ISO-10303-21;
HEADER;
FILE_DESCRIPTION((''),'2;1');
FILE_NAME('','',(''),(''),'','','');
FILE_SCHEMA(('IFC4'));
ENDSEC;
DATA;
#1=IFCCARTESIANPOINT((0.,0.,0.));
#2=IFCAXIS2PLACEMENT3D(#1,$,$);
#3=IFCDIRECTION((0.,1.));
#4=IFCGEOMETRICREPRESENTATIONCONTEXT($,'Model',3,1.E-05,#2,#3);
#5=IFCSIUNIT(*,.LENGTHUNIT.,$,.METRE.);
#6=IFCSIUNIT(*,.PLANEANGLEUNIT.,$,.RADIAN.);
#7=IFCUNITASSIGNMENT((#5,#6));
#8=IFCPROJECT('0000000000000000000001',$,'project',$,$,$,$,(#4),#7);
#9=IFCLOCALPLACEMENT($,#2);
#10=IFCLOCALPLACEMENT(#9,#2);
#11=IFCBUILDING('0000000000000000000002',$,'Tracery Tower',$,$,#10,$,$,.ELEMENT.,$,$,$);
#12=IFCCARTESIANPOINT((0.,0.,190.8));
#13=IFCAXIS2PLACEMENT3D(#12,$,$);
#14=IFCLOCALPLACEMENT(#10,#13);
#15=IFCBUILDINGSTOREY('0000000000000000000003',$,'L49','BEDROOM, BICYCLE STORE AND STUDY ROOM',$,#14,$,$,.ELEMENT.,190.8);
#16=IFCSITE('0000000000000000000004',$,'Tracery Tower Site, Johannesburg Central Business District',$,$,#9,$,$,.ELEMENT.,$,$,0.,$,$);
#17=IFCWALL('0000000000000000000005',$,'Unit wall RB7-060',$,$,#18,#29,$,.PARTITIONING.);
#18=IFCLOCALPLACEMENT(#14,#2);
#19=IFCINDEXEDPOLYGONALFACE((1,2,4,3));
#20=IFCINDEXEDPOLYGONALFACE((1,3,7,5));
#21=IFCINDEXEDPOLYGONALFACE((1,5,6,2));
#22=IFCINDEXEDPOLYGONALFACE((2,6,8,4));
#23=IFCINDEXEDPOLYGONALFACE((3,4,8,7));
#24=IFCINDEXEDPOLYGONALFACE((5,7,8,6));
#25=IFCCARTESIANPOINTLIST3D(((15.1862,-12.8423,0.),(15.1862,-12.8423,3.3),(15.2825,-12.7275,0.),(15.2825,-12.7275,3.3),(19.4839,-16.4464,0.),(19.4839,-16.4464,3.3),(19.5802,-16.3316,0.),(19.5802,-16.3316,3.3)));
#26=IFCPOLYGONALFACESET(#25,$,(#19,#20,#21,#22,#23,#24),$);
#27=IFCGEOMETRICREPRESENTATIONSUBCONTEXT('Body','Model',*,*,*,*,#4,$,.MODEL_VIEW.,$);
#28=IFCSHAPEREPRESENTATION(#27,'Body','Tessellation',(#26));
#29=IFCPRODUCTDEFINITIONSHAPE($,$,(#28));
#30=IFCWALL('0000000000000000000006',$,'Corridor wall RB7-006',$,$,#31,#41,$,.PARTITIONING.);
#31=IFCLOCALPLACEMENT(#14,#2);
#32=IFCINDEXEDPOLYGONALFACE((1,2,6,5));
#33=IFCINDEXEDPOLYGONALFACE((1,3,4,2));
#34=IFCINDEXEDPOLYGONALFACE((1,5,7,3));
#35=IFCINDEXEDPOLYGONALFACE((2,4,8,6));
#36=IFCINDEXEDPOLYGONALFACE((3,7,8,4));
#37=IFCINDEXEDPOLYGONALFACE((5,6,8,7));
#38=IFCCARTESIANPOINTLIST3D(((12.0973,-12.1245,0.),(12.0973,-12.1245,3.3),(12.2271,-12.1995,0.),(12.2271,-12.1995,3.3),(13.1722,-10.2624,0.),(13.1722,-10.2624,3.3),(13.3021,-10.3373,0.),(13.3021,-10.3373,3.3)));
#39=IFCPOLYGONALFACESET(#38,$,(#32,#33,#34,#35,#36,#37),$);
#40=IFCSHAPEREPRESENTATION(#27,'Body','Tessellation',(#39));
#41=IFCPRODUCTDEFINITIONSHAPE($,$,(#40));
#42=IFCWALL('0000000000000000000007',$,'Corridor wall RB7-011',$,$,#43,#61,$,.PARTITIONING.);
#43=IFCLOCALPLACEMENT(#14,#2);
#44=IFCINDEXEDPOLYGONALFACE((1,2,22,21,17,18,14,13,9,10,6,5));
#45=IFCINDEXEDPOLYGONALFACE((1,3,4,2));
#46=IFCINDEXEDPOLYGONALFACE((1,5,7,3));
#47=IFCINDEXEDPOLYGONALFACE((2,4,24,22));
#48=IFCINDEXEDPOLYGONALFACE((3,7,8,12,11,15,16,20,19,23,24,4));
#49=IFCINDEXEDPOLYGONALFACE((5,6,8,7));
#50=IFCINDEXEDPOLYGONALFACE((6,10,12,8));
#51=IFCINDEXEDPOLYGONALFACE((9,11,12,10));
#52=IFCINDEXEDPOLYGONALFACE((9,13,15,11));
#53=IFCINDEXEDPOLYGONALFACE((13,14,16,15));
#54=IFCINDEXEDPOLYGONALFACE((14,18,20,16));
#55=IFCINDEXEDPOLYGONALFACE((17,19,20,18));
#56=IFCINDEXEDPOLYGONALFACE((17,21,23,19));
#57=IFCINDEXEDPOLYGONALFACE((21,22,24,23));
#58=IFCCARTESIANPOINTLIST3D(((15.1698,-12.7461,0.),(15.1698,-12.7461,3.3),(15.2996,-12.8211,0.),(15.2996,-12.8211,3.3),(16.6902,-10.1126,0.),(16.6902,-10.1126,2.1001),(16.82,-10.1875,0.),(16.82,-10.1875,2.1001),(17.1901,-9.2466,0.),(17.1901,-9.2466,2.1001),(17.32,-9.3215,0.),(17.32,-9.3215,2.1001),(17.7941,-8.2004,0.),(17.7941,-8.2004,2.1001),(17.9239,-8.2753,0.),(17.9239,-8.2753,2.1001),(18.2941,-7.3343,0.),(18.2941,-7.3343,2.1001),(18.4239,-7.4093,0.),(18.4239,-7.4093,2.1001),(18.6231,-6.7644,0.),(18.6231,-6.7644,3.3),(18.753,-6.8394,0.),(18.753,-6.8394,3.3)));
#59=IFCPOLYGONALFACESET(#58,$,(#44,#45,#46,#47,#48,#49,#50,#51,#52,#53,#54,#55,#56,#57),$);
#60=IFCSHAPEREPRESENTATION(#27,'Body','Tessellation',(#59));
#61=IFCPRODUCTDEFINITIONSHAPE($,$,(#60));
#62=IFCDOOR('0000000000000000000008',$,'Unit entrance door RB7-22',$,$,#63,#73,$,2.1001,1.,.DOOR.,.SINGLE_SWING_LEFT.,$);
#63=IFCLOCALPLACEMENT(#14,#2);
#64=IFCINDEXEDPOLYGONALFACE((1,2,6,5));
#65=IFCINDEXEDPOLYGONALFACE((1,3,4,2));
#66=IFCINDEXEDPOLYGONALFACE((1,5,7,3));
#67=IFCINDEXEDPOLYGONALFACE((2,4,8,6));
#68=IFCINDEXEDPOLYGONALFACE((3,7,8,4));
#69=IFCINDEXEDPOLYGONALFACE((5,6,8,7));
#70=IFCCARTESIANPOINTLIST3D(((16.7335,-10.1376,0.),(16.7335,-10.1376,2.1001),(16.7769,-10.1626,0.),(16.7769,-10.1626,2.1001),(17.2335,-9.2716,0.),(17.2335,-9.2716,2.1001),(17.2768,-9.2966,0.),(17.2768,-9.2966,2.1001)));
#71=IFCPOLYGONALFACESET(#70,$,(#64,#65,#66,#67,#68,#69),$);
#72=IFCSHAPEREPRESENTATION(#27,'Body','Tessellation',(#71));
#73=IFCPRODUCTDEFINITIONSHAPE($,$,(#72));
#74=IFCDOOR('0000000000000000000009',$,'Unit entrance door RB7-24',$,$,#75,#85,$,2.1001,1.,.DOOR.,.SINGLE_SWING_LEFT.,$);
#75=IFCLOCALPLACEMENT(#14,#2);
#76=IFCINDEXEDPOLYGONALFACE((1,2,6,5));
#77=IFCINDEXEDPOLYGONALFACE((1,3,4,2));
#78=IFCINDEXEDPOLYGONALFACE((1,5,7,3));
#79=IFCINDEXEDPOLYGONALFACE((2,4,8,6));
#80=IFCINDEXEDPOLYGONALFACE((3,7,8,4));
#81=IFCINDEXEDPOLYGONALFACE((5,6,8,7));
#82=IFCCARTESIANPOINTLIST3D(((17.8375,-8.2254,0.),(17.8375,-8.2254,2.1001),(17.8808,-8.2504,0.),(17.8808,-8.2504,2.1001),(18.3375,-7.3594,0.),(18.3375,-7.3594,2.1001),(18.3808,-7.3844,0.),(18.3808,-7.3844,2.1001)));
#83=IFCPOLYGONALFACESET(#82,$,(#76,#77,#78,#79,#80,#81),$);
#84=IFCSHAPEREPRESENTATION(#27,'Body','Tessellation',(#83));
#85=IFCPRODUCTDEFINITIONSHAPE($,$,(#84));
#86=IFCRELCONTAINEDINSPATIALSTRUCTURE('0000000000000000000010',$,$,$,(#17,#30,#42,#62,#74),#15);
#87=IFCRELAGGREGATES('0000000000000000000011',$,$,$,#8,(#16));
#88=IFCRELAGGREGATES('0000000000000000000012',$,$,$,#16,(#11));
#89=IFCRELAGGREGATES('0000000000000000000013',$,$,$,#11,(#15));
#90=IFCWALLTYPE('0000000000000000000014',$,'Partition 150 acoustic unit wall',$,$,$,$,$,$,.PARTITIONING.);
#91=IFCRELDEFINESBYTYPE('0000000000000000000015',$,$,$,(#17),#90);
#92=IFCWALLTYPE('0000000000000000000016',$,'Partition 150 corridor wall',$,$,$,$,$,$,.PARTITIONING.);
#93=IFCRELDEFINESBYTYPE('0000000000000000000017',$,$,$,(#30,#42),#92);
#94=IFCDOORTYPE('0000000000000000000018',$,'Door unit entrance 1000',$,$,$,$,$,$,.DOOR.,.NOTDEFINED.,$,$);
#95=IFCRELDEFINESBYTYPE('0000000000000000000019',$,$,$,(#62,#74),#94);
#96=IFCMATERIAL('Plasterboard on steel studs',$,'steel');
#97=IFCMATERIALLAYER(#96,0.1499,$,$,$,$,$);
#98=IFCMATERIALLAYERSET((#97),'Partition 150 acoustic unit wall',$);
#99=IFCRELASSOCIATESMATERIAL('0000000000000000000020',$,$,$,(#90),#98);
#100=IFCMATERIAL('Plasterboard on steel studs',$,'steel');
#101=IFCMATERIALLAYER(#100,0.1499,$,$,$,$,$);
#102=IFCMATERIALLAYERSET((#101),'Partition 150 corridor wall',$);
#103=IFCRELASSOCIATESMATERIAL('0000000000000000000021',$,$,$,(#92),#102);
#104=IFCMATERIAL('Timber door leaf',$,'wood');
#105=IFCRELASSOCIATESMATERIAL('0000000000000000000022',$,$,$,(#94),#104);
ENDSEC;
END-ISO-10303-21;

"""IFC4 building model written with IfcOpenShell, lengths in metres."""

from ifc_helpers import new_model, si_unit, direction, frame, frame_2d, origin, place, context, subcontext, project, spatial, rectangle, extrude, material, layer, layer_set, type_object, element, fill, save


model = new_model("IFC4")

# Units and contexts
model_context = context("Model", 3, precision=1e-05, world=origin(), true_north=direction((0.0, 1.0)))
body_context = subcontext(model_context, "Body", "Model", "MODEL_VIEW")
ifc_project = project(units=[si_unit("LENGTHUNIT", "METRE"), si_unit("PLANEANGLEUNIT", "RADIAN")], contexts=[model_context])

# Site, building, storey
site_placement = place(None, origin())
site = spatial("IfcSite", under=ifc_project, at=site_placement, Name="Tracery Tower Site, Johannesburg Central Business District", CompositionType="ELEMENT", RefElevation=0.0)
building_placement = place(site_placement, origin())
building = spatial("IfcBuilding", under=site, at=building_placement, Name="Tracery Tower", CompositionType="ELEMENT")
storey_placement = place(building_placement, frame((0.0, 0.0, 190.8)))
storey = spatial("IfcBuildingStorey", under=building, at=storey_placement, Name="L49", Description="BEDROOM, BICYCLE STORE AND STUDY ROOM", CompositionType="ELEMENT", Elevation=190.8)

# Walls
ifc_material_1 = material(Name="Plasterboard on steel studs", Category="steel")
ifc_layer_1 = layer(ifc_material_1, 0.1499)
ifc_layer_set_1 = layer_set([ifc_layer_1], Name="Partition 150 acoustic unit wall")
wall_type_1 = type_object("IfcWallType", Name="Partition 150 acoustic unit wall", PredefinedType="PARTITIONING", material=ifc_layer_set_1)
wall_1_placement = place(storey_placement, frame((15.2344, -12.7849, 0.0), z_axis=(0.0, 0.0, 1.0), x_axis=(0.76623, -0.642566, 0.0)))
element("IfcWall", 1, at=wall_1_placement, inside=storey, type_object=wall_type_1, Name="Unit wall RB7-060", PredefinedType="PARTITIONING", context=body_context, shape_type="SweptSolid", body=[
    extrude(rectangle(XDim=5.6089, YDim=0.1499, at=frame_2d((2.8044, 0.0))), origin(), (0.0, 0.0, 1.0), 3.3),
])
ifc_material_2 = material(Name="Plasterboard on steel studs", Category="steel")
ifc_layer_2 = layer(ifc_material_2, 0.1499)
ifc_layer_set_2 = layer_set([ifc_layer_2], Name="Partition 150 corridor wall")
wall_type_2 = type_object("IfcWallType", Name="Partition 150 corridor wall", PredefinedType="PARTITIONING", material=ifc_layer_set_2)
wall_2_placement = place(storey_placement, frame((12.1621, -12.1621, 0.0), z_axis=(0.0, 0.0, 1.0), x_axis=(0.499962, 0.866048, 0.0)))
element("IfcWall", 2, at=wall_2_placement, inside=storey, type_object=wall_type_2, Name="Corridor wall RB7-006", PredefinedType="PARTITIONING", context=body_context, shape_type="SweptSolid", body=[
    extrude(rectangle(XDim=2.1501, YDim=0.1499, at=frame_2d((1.0752, 0.0))), origin(), (0.0, 0.0, 1.0), 3.3),
])

# Wall, openings, doors
wall_3_placement = place(storey_placement, frame((15.2346, -12.7837, 0.0), z_axis=(0.0, 0.0, 1.0), x_axis=(0.499983, 0.866035, 0.0)))
wall_3 = element("IfcWall", 3, at=wall_3_placement, inside=storey, type_object=wall_type_2, Name="Corridor wall RB7-011", PredefinedType="PARTITIONING", context=body_context, shape_type="SweptSolid", body=[
    extrude(rectangle(XDim=6.907, YDim=0.1499, at=frame_2d((3.4536, 0.0))), origin(), (0.0, 0.0, 1.0), 3.3),
])
opening_1_placement = place(wall_3_placement, frame((3.041, 0.0, 0.0)))
opening_1 = element("IfcOpeningElement", 4, at=opening_1_placement, cuts=wall_3, PredefinedType="OPENING", context=body_context, shape_type="SweptSolid", body=[
    extrude(rectangle(XDim=1.0, YDim=2.1001, at=frame_2d((0.5, 1.05))), frame((0.0, 0.075, 0.0), z_axis=(0.0, -1.0, 0.0), x_axis=(1.0, 0.0, 0.0)), (0.0, 0.0, 1.0), 0.1499),
])
opening_2_placement = place(wall_3_placement, frame((5.249, 0.0, 0.0)))
opening_2 = element("IfcOpeningElement", 5, at=opening_2_placement, cuts=wall_3, PredefinedType="OPENING", context=body_context, shape_type="SweptSolid", body=[
    extrude(rectangle(XDim=1.0, YDim=2.1001, at=frame_2d((0.5, 1.05))), frame((0.0, 0.075, 0.0), z_axis=(0.0, -1.0, 0.0), x_axis=(1.0, 0.0, 0.0)), (0.0, 0.0, 1.0), 0.1499),
])
ifc_material_3 = material(Name="Timber door leaf", Category="wood")
door_type_1 = type_object("IfcDoorType", Name="Door unit entrance 1000", OperationType="NOTDEFINED", PredefinedType="DOOR", material=ifc_material_3)
door_1_placement = place(opening_1_placement, origin())
door_1 = element("IfcDoor", 6, at=door_1_placement, inside=storey, type_object=door_type_1, Name="Unit entrance door RB7-22", OperationType="SINGLE_SWING_LEFT", OverallHeight=2.1001, OverallWidth=1.0, PredefinedType="DOOR", context=body_context, shape_type="SweptSolid", body=[
    extrude(rectangle(XDim=1.0, YDim=2.1001, at=frame_2d((0.5, 1.05))), frame((0.0, 0.0249, 0.0), z_axis=(0.0, -1.0, 0.0), x_axis=(1.0, 0.0, 0.0)), (0.0, 0.0, 1.0), 0.05),
])
fill(opening_1, door_1)
door_2_placement = place(opening_2_placement, origin())
door_2 = element("IfcDoor", 7, at=door_2_placement, inside=storey, type_object=door_type_1, Name="Unit entrance door RB7-24", OperationType="SINGLE_SWING_LEFT", OverallHeight=2.1001, OverallWidth=1.0, PredefinedType="DOOR", context=body_context, shape_type="SweptSolid", body=[
    extrude(rectangle(XDim=1.0, YDim=2.1001, at=frame_2d((0.5, 1.05))), frame((0.0, 0.0249, 0.0), z_axis=(0.0, -1.0, 0.0), x_axis=(1.0, 0.0, 0.0)), (0.0, 0.0, 1.0), 0.05),
])
fill(opening_2, door_2)

save(model, "model.ifc")
